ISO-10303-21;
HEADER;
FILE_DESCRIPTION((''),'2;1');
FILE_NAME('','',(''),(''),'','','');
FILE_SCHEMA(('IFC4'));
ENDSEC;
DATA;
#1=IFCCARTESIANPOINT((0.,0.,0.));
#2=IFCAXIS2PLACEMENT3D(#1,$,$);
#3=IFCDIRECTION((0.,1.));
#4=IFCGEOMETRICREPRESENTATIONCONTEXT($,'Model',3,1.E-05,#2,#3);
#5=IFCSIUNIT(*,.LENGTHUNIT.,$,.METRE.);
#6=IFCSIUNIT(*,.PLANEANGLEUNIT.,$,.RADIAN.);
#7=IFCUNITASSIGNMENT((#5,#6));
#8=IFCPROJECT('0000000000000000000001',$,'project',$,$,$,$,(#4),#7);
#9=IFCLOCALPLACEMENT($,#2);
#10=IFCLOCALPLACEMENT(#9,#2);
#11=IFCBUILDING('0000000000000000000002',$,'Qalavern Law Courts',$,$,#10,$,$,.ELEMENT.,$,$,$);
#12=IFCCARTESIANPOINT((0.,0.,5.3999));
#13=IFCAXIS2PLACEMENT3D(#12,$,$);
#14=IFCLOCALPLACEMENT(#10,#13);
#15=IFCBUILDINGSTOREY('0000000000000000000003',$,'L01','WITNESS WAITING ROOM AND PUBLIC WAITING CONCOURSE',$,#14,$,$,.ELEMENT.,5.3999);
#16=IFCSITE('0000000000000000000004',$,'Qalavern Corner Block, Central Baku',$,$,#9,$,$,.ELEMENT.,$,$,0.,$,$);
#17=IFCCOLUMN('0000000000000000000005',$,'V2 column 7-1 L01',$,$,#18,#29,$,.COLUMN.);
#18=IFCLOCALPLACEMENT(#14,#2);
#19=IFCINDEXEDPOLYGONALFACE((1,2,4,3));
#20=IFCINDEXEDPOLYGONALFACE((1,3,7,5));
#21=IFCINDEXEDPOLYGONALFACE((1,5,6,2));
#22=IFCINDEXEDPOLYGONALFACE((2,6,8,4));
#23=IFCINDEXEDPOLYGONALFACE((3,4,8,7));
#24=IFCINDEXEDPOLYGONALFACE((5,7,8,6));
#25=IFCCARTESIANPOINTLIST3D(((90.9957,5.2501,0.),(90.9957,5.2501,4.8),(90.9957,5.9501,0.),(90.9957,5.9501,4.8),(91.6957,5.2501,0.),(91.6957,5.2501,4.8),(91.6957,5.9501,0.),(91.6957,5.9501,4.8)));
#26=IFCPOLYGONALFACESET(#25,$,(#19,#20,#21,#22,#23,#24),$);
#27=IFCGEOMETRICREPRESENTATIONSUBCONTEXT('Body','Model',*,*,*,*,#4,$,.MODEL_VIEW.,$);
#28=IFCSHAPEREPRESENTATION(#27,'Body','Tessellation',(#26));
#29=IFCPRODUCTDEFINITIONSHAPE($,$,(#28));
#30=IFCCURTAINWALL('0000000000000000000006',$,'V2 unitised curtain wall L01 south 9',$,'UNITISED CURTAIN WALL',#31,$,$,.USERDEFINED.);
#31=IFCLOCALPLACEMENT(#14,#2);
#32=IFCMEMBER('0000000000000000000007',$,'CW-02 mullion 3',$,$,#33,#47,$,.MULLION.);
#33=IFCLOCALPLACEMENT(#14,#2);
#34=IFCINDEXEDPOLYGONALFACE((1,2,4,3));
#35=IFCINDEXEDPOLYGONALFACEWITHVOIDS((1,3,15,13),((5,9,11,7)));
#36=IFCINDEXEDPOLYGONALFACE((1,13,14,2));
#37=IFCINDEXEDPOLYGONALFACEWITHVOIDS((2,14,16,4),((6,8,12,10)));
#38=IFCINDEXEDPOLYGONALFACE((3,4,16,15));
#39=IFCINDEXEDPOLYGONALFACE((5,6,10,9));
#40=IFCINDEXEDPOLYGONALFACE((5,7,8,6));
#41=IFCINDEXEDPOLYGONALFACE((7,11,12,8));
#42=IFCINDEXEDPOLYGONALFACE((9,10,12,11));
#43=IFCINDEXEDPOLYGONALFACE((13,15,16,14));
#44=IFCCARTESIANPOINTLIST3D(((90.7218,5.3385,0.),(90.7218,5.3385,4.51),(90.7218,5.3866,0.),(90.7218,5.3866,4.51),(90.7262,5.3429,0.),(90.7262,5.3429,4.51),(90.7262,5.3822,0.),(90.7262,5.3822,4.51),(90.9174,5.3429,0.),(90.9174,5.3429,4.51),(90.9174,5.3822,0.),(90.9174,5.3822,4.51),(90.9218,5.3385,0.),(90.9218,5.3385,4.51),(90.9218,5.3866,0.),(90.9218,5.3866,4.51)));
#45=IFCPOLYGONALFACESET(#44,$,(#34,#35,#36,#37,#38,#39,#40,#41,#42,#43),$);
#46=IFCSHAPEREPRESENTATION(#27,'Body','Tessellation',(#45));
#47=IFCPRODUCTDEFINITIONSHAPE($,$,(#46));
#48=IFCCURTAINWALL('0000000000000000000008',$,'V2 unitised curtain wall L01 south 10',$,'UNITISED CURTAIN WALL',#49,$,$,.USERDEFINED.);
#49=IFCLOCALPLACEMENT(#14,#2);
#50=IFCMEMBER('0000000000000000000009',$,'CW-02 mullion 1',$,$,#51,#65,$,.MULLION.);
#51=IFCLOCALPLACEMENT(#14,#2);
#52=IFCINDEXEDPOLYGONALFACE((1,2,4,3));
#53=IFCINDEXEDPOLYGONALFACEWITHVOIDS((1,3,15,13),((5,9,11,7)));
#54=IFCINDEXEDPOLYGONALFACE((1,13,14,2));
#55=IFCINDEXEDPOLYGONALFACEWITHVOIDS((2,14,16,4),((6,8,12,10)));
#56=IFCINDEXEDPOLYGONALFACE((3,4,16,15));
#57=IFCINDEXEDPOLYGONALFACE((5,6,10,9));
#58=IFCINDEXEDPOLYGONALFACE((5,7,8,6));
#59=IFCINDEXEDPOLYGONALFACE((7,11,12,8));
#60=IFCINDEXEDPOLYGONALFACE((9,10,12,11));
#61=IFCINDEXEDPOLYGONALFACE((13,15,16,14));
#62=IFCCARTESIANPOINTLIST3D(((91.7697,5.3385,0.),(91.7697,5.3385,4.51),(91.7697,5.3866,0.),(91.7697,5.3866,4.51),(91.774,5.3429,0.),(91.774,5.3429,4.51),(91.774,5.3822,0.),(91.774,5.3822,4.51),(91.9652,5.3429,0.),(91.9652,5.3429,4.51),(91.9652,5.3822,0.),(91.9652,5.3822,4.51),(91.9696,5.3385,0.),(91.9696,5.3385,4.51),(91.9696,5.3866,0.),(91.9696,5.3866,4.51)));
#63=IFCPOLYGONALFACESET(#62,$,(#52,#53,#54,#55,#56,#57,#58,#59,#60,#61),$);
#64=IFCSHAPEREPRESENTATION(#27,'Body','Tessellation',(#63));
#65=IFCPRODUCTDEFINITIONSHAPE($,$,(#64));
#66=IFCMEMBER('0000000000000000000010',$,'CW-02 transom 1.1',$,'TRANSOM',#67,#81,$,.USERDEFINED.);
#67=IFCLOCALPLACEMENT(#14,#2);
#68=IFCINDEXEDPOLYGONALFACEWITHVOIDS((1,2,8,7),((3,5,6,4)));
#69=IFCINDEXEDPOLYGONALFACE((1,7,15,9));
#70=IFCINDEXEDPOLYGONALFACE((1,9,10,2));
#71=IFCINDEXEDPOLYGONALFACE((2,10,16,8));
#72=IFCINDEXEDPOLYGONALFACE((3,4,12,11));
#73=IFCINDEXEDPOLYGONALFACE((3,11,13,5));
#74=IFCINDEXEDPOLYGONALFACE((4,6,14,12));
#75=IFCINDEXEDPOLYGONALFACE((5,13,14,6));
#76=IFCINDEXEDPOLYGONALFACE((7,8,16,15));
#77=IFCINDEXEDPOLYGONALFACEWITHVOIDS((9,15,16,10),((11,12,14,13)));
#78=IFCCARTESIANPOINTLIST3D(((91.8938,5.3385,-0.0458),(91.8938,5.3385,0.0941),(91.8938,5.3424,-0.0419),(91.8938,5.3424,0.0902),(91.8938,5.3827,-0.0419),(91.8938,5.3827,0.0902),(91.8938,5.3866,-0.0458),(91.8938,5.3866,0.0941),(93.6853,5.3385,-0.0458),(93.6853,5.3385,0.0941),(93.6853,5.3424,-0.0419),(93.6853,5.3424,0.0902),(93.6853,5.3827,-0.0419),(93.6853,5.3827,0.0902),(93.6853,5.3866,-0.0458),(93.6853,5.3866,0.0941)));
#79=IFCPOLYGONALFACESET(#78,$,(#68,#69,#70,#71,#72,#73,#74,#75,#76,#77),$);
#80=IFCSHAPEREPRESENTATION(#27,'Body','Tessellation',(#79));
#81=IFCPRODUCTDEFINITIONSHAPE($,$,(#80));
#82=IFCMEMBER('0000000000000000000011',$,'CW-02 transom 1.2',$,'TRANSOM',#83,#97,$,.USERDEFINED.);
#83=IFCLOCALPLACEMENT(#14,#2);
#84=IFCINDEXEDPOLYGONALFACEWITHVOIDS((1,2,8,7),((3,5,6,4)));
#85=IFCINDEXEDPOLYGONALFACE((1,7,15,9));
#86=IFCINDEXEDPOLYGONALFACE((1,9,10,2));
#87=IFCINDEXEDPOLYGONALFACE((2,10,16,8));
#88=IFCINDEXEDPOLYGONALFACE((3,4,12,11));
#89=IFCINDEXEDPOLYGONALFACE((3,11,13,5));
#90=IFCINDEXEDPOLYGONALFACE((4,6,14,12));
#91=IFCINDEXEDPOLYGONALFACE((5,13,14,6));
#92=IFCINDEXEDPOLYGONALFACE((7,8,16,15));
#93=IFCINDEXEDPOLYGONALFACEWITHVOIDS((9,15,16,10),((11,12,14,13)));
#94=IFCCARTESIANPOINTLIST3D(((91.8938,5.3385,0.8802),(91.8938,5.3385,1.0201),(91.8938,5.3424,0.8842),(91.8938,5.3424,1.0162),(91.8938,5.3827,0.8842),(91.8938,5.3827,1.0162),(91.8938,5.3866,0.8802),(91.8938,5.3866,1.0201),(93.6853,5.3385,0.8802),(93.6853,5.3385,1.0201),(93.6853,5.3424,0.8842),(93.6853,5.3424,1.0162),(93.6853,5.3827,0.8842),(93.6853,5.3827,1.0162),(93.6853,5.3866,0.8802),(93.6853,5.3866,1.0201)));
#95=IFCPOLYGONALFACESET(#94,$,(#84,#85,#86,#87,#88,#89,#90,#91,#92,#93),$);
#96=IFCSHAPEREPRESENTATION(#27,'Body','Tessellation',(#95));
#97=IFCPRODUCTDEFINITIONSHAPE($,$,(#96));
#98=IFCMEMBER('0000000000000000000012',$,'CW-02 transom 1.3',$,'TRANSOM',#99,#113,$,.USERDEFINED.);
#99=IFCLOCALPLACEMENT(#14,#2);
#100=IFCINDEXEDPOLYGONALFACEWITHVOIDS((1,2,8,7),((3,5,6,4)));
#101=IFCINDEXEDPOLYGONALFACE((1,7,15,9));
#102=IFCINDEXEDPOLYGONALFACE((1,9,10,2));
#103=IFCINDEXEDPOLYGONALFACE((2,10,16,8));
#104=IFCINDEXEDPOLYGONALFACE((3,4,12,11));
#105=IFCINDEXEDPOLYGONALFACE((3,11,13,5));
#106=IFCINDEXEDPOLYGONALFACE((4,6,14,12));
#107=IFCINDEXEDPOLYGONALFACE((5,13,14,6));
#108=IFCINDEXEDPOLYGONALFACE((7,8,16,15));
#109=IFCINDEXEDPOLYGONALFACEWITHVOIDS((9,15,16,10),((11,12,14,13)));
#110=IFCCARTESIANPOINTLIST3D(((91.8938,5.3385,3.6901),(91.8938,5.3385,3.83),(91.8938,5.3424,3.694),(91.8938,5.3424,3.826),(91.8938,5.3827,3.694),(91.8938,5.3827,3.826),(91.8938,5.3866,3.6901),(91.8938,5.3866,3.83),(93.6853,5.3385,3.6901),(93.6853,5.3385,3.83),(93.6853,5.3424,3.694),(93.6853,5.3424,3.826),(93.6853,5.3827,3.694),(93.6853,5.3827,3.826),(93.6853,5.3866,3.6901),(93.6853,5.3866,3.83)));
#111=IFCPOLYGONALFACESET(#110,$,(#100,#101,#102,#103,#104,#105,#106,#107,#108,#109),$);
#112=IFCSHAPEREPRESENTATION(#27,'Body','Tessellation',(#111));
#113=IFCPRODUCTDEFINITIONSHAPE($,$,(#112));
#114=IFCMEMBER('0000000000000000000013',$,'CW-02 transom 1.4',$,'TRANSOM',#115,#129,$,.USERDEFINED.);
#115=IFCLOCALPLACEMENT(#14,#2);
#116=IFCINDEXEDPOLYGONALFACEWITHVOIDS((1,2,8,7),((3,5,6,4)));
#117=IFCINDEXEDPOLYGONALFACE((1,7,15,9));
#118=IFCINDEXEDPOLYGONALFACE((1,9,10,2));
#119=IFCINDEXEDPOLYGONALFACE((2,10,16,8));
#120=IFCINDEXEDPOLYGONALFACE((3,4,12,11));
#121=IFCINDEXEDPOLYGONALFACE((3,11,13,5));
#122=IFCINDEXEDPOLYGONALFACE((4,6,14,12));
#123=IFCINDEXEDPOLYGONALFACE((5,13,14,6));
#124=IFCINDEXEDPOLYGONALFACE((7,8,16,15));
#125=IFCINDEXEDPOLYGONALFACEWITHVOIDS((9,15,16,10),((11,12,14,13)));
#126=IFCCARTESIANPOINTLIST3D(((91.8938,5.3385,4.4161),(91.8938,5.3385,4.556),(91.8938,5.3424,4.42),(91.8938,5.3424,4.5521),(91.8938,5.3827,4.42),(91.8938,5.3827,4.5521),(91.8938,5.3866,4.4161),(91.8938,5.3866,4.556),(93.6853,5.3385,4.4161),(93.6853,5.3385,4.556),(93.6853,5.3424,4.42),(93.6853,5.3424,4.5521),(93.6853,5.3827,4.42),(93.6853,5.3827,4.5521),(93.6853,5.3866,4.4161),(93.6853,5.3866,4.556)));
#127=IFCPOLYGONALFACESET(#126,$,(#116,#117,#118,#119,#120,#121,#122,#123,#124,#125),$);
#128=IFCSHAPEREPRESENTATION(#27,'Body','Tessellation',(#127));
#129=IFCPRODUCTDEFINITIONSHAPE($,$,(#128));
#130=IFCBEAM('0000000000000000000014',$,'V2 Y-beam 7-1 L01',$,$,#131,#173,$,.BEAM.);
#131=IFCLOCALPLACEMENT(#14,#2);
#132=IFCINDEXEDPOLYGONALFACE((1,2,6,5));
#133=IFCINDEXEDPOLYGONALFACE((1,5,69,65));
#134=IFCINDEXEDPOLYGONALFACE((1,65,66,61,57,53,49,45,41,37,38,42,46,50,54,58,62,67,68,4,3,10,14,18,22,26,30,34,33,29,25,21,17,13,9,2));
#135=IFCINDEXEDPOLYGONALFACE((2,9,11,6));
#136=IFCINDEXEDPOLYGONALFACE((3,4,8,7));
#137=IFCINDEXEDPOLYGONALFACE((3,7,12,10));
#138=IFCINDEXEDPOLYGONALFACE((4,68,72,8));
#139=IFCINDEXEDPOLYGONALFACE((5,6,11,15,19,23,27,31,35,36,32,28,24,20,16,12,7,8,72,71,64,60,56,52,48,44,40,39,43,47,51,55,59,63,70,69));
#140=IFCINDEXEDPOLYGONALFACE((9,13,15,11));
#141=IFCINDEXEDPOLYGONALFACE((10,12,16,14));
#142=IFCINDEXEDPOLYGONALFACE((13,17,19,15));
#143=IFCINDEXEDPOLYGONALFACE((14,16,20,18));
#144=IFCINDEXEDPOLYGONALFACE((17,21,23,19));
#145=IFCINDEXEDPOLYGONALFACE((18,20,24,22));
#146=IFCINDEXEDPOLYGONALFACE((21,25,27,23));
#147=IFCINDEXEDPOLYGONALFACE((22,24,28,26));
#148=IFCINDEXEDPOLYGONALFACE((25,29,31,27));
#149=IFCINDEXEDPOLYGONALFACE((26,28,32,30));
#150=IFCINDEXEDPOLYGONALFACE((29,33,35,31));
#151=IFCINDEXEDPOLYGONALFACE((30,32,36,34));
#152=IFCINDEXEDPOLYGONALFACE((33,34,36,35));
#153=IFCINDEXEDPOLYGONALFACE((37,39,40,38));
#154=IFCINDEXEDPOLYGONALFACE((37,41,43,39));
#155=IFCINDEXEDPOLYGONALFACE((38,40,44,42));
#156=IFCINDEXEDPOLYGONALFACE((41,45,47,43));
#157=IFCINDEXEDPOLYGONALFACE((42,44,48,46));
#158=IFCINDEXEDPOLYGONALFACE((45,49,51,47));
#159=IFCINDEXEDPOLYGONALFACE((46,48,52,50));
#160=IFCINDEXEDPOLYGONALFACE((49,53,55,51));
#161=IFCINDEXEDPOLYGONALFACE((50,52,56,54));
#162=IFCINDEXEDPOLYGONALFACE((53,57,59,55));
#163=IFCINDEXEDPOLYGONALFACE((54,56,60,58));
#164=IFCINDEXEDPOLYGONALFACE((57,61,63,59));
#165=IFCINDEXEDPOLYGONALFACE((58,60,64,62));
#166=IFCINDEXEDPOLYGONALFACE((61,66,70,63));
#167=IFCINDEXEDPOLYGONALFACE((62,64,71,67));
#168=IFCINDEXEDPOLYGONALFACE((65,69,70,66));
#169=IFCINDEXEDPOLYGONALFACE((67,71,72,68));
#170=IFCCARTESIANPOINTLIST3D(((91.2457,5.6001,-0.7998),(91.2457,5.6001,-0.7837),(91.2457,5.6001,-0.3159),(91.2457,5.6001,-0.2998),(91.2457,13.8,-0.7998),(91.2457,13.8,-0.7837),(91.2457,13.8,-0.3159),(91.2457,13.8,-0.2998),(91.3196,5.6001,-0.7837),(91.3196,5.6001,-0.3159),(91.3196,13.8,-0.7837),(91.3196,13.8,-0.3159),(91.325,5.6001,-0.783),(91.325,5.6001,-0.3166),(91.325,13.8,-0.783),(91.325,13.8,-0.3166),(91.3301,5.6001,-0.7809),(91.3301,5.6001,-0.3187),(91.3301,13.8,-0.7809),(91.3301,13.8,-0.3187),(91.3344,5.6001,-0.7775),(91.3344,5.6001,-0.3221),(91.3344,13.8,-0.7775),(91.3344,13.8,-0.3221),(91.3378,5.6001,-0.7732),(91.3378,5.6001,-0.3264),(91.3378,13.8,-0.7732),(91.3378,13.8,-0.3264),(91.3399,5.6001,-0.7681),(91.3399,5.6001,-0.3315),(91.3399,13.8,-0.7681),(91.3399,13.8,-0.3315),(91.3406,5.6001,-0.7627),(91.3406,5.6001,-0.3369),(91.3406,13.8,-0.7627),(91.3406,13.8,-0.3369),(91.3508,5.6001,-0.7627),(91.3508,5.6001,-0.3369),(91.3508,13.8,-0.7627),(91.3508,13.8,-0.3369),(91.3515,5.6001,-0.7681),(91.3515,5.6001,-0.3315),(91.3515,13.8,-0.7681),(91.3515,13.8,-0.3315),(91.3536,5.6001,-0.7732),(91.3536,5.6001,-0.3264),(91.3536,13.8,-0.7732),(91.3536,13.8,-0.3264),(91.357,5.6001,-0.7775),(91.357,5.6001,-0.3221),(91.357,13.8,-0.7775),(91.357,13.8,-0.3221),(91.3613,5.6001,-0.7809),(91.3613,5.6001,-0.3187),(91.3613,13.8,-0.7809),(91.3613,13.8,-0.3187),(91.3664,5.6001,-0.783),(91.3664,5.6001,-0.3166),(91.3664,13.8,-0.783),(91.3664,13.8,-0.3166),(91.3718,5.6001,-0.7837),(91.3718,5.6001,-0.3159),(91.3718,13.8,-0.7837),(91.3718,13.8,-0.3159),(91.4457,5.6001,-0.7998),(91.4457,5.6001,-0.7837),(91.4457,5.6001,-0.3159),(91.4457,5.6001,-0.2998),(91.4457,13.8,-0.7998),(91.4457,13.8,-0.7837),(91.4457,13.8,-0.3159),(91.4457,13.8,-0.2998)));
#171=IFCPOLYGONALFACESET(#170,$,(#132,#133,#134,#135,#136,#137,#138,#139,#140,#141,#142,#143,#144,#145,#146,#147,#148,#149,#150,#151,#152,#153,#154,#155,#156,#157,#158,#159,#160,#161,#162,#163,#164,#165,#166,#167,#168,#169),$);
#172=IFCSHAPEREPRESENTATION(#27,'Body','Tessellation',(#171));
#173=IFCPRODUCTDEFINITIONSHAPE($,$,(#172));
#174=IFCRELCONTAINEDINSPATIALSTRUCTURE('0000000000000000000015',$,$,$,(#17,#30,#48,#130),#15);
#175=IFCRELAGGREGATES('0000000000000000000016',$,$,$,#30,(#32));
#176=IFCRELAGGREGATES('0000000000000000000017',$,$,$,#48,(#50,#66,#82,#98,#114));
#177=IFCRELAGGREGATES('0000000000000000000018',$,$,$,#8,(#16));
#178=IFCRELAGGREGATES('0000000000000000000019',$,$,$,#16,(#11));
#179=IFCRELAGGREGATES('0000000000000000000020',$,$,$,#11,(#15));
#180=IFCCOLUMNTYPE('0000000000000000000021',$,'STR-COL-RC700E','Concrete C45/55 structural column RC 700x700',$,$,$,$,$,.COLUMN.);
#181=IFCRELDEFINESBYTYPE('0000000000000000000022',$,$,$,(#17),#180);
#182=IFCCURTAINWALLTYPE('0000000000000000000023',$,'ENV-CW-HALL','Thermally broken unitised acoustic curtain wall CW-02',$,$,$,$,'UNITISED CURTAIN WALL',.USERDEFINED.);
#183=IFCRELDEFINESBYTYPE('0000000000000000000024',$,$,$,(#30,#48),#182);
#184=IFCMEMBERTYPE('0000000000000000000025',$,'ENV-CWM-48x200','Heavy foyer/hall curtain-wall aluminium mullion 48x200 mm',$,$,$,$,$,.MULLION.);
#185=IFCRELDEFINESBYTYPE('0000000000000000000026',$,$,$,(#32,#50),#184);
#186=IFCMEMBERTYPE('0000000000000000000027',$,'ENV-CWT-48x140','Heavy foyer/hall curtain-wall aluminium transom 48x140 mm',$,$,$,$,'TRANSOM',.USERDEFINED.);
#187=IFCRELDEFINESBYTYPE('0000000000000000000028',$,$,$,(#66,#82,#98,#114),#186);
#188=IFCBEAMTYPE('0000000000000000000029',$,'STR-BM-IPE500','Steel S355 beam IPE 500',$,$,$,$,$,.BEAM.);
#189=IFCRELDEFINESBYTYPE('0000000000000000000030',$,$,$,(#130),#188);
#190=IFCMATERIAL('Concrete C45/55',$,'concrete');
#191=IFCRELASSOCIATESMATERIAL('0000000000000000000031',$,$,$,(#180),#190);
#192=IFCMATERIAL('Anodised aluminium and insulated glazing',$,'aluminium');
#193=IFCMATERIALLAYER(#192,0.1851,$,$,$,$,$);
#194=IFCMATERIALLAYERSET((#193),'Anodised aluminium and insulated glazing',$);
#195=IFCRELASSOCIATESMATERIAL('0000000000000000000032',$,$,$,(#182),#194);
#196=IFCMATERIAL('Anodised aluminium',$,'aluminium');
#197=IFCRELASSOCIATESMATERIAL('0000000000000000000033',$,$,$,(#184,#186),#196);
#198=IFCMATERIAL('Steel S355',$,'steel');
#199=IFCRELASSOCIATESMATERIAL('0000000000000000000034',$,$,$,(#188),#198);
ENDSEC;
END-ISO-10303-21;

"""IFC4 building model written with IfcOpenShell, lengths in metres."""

from ifc_helpers import new_model, si_unit, direction, frame, origin, origin_2d, place, context, subcontext, project, spatial, rectangle, hollow_rectangle, i_section, extrude, material, layer, layer_set, material_profile, profile_set, type_object, element, aggregate, save


model = new_model("IFC4")

# Units and contexts
model_context = context("Model", 3, precision=1e-05, world=origin(), true_north=direction((0.0, 1.0)))
body_context = subcontext(model_context, "Body", "Model", "MODEL_VIEW")
ifc_project = project(units=[si_unit("LENGTHUNIT", "METRE"), si_unit("PLANEANGLEUNIT", "RADIAN")], contexts=[model_context])

# Site, building, storey
site_placement = place(None, origin())
site = spatial("IfcSite", under=ifc_project, at=site_placement, Name="Qalavern Corner Block, Central Baku", CompositionType="ELEMENT", RefElevation=0.0)
building_placement = place(site_placement, origin())
building = spatial("IfcBuilding", under=site, at=building_placement, Name="Qalavern Law Courts", CompositionType="ELEMENT")
storey_placement = place(building_placement, frame((0.0, 0.0, 5.3999)))
storey = spatial("IfcBuildingStorey", under=building, at=storey_placement, Name="L01", Description="WITNESS WAITING ROOM AND PUBLIC WAITING CONCOURSE", CompositionType="ELEMENT", Elevation=5.3999)

# Column
ifc_material_1 = material(Name="Concrete C45/55", Category="concrete")
ifc_material_profile_1 = material_profile(ifc_material_1, rectangle(XDim=0.7, YDim=0.7, at=origin_2d()), Name="RC 700x700")
ifc_profile_set_1 = profile_set([ifc_material_profile_1], Name="Concrete C45/55")
column_type = type_object("IfcColumnType", Name="STR-COL-RC700E", Description="Concrete C45/55 structural column RC 700x700", PredefinedType="COLUMN", material=ifc_profile_set_1)
column_placement = place(storey_placement, frame((91.3457, 5.6001, 0.0), z_axis=(0.0, 0.0, 1.0), x_axis=(1.0, 0.0, 0.0)))
element("IfcColumn", 1, at=column_placement, inside=storey, type_object=column_type, Name="V2 column 7-1 L01", PredefinedType="COLUMN", context=body_context, shape_type="SweptSolid", body=[
    extrude(rectangle(XDim=0.7, YDim=0.7, at=origin_2d()), origin(), (0.0, 0.0, 1.0), 4.8),
])

# Curtain wall, member
ifc_material_2 = material(Name="Anodised aluminium and insulated glazing", Category="aluminium")
ifc_layer_1 = layer(ifc_material_2, 0.1851)
ifc_layer_set_1 = layer_set([ifc_layer_1], Name="Anodised aluminium and insulated glazing")
curtain_wall_type = type_object("IfcCurtainWallType", Name="ENV-CW-HALL", Description="Thermally broken unitised acoustic curtain wall CW-02", ElementType="UNITISED CURTAIN WALL", PredefinedType="USERDEFINED", material=ifc_layer_set_1)
curtain_wall_1_placement = place(storey_placement, origin())
curtain_wall_1 = element("IfcCurtainWall", 2, at=curtain_wall_1_placement, inside=storey, type_object=curtain_wall_type, Name="V2 unitised curtain wall L01 south 9", ObjectType="UNITISED CURTAIN WALL", PredefinedType="USERDEFINED")
ifc_material_3 = material(Name="Anodised aluminium", Category="aluminium")
ifc_material_profile_2 = material_profile(ifc_material_3, hollow_rectangle(XDim=0.0481, YDim=0.2, WallThickness=0.0044, at=origin_2d()), Name="ALU MULLION 48x200")
ifc_profile_set_2 = profile_set([ifc_material_profile_2], Name="Anodised aluminium")
member_type_1 = type_object("IfcMemberType", Name="ENV-CWM-48x200", Description="Heavy foyer/hall curtain-wall aluminium mullion 48x200 mm", PredefinedType="MULLION", material=ifc_profile_set_2)
member_1_placement = place(storey_placement, frame((90.8218, 5.3625, 0.0), z_axis=(0.0, 0.0, 1.0), x_axis=(0.0, 1.0, 0.0)))
member_1 = element("IfcMember", 3, at=member_1_placement, type_object=member_type_1, Name="CW-02 mullion 3", PredefinedType="MULLION", context=body_context, shape_type="SweptSolid", body=[
    extrude(hollow_rectangle(XDim=0.0481, YDim=0.2, WallThickness=0.0044, at=origin_2d()), origin(), (0.0, 0.0, 1.0), 4.51),
])

# Curtain wall, members
curtain_wall_2_placement = place(storey_placement, origin())
curtain_wall_2 = element("IfcCurtainWall", 4, at=curtain_wall_2_placement, inside=storey, type_object=curtain_wall_type, Name="V2 unitised curtain wall L01 south 10", ObjectType="UNITISED CURTAIN WALL", PredefinedType="USERDEFINED")
member_2_placement = place(storey_placement, frame((91.8696, 5.3625, 0.0), z_axis=(0.0, 0.0, 1.0), x_axis=(0.0, 1.0, 0.0)))
member_2 = element("IfcMember", 5, at=member_2_placement, type_object=member_type_1, Name="CW-02 mullion 1", PredefinedType="MULLION", context=body_context, shape_type="SweptSolid", body=[
    extrude(hollow_rectangle(XDim=0.0481, YDim=0.2, WallThickness=0.0044, at=origin_2d()), origin(), (0.0, 0.0, 1.0), 4.51),
])
ifc_material_profile_3 = material_profile(ifc_material_3, hollow_rectangle(XDim=0.0481, YDim=0.1399, WallThickness=0.0039, at=origin_2d()), Name="ALU TRANSOM 48x140")
ifc_profile_set_3 = profile_set([ifc_material_profile_3], Name="Anodised aluminium")
member_type_2 = type_object("IfcMemberType", Name="ENV-CWT-48x140", Description="Heavy foyer/hall curtain-wall aluminium transom 48x140 mm", ElementType="TRANSOM", PredefinedType="USERDEFINED", material=ifc_profile_set_3)
member_3_placement = place(storey_placement, frame((91.8938, 5.3625, 0.0242), z_axis=(1.0, 0.0, 0.0), x_axis=(0.0, 1.0, 0.0)))
member_3 = element("IfcMember", 6, at=member_3_placement, type_object=member_type_2, Name="CW-02 transom 1.1", ObjectType="TRANSOM", PredefinedType="USERDEFINED", context=body_context, shape_type="SweptSolid", body=[
    extrude(hollow_rectangle(XDim=0.0481, YDim=0.1399, WallThickness=0.0039, at=origin_2d()), origin(), (0.0, 0.0, 1.0), 1.7915),
])
member_4_placement = place(storey_placement, frame((91.8938, 5.3625, 0.9502), z_axis=(1.0, 0.0, 0.0), x_axis=(0.0, 1.0, 0.0)))
member_4 = element("IfcMember", 7, at=member_4_placement, type_object=member_type_2, Name="CW-02 transom 1.2", ObjectType="TRANSOM", PredefinedType="USERDEFINED", context=body_context, shape_type="SweptSolid", body=[
    extrude(hollow_rectangle(XDim=0.0481, YDim=0.1399, WallThickness=0.0039, at=origin_2d()), origin(), (0.0, 0.0, 1.0), 1.7915),
])
member_5_placement = place(storey_placement, frame((91.8938, 5.3625, 3.76), z_axis=(1.0, 0.0, 0.0), x_axis=(0.0, 1.0, 0.0)))
member_5 = element("IfcMember", 8, at=member_5_placement, type_object=member_type_2, Name="CW-02 transom 1.3", ObjectType="TRANSOM", PredefinedType="USERDEFINED", context=body_context, shape_type="SweptSolid", body=[
    extrude(hollow_rectangle(XDim=0.0481, YDim=0.1399, WallThickness=0.0039, at=origin_2d()), origin(), (0.0, 0.0, 1.0), 1.7915),
])
member_6_placement = place(storey_placement, frame((91.8938, 5.3625, 4.4861), z_axis=(1.0, 0.0, 0.0), x_axis=(0.0, 1.0, 0.0)))
member_6 = element("IfcMember", 9, at=member_6_placement, type_object=member_type_2, Name="CW-02 transom 1.4", ObjectType="TRANSOM", PredefinedType="USERDEFINED", context=body_context, shape_type="SweptSolid", body=[
    extrude(hollow_rectangle(XDim=0.0481, YDim=0.1399, WallThickness=0.0039, at=origin_2d()), origin(), (0.0, 0.0, 1.0), 1.7915),
])

# Beam
ifc_material_4 = material(Name="Steel S355", Category="steel")
ifc_material_profile_4 = material_profile(ifc_material_4, i_section(OverallWidth=0.2, OverallDepth=0.5, WebThickness=0.0103, FlangeThickness=0.0161, FilletRadius=0.021, at=origin_2d()), Name="IPE 500")
ifc_profile_set_4 = profile_set([ifc_material_profile_4], Name="Steel S355")
beam_type_1 = type_object("IfcBeamType", Name="STR-BM-IPE500", Description="Steel S355 beam IPE 500", PredefinedType="BEAM", material=ifc_profile_set_4)
beam_1_placement = place(storey_placement, frame((91.3457, 5.6001, -0.5498), z_axis=(0.0, 1.0, 0.0), x_axis=(-1.0, 0.0, 0.0)))
element("IfcBeam", 10, at=beam_1_placement, inside=storey, type_object=beam_type_1, Name="V2 Y-beam 7-1 L01", PredefinedType="BEAM", context=body_context, shape_type="SweptSolid", body=[
    extrude(i_section(OverallWidth=0.2, OverallDepth=0.5, WebThickness=0.0103, FlangeThickness=0.0161, FilletRadius=0.021, at=origin_2d()), origin(), (0.0, 0.0, 1.0), 8.2),
])

aggregate(curtain_wall_1, [member_1])
aggregate(curtain_wall_2, [member_2, member_3, member_4, member_5, member_6])

save(model, "model.ifc")
